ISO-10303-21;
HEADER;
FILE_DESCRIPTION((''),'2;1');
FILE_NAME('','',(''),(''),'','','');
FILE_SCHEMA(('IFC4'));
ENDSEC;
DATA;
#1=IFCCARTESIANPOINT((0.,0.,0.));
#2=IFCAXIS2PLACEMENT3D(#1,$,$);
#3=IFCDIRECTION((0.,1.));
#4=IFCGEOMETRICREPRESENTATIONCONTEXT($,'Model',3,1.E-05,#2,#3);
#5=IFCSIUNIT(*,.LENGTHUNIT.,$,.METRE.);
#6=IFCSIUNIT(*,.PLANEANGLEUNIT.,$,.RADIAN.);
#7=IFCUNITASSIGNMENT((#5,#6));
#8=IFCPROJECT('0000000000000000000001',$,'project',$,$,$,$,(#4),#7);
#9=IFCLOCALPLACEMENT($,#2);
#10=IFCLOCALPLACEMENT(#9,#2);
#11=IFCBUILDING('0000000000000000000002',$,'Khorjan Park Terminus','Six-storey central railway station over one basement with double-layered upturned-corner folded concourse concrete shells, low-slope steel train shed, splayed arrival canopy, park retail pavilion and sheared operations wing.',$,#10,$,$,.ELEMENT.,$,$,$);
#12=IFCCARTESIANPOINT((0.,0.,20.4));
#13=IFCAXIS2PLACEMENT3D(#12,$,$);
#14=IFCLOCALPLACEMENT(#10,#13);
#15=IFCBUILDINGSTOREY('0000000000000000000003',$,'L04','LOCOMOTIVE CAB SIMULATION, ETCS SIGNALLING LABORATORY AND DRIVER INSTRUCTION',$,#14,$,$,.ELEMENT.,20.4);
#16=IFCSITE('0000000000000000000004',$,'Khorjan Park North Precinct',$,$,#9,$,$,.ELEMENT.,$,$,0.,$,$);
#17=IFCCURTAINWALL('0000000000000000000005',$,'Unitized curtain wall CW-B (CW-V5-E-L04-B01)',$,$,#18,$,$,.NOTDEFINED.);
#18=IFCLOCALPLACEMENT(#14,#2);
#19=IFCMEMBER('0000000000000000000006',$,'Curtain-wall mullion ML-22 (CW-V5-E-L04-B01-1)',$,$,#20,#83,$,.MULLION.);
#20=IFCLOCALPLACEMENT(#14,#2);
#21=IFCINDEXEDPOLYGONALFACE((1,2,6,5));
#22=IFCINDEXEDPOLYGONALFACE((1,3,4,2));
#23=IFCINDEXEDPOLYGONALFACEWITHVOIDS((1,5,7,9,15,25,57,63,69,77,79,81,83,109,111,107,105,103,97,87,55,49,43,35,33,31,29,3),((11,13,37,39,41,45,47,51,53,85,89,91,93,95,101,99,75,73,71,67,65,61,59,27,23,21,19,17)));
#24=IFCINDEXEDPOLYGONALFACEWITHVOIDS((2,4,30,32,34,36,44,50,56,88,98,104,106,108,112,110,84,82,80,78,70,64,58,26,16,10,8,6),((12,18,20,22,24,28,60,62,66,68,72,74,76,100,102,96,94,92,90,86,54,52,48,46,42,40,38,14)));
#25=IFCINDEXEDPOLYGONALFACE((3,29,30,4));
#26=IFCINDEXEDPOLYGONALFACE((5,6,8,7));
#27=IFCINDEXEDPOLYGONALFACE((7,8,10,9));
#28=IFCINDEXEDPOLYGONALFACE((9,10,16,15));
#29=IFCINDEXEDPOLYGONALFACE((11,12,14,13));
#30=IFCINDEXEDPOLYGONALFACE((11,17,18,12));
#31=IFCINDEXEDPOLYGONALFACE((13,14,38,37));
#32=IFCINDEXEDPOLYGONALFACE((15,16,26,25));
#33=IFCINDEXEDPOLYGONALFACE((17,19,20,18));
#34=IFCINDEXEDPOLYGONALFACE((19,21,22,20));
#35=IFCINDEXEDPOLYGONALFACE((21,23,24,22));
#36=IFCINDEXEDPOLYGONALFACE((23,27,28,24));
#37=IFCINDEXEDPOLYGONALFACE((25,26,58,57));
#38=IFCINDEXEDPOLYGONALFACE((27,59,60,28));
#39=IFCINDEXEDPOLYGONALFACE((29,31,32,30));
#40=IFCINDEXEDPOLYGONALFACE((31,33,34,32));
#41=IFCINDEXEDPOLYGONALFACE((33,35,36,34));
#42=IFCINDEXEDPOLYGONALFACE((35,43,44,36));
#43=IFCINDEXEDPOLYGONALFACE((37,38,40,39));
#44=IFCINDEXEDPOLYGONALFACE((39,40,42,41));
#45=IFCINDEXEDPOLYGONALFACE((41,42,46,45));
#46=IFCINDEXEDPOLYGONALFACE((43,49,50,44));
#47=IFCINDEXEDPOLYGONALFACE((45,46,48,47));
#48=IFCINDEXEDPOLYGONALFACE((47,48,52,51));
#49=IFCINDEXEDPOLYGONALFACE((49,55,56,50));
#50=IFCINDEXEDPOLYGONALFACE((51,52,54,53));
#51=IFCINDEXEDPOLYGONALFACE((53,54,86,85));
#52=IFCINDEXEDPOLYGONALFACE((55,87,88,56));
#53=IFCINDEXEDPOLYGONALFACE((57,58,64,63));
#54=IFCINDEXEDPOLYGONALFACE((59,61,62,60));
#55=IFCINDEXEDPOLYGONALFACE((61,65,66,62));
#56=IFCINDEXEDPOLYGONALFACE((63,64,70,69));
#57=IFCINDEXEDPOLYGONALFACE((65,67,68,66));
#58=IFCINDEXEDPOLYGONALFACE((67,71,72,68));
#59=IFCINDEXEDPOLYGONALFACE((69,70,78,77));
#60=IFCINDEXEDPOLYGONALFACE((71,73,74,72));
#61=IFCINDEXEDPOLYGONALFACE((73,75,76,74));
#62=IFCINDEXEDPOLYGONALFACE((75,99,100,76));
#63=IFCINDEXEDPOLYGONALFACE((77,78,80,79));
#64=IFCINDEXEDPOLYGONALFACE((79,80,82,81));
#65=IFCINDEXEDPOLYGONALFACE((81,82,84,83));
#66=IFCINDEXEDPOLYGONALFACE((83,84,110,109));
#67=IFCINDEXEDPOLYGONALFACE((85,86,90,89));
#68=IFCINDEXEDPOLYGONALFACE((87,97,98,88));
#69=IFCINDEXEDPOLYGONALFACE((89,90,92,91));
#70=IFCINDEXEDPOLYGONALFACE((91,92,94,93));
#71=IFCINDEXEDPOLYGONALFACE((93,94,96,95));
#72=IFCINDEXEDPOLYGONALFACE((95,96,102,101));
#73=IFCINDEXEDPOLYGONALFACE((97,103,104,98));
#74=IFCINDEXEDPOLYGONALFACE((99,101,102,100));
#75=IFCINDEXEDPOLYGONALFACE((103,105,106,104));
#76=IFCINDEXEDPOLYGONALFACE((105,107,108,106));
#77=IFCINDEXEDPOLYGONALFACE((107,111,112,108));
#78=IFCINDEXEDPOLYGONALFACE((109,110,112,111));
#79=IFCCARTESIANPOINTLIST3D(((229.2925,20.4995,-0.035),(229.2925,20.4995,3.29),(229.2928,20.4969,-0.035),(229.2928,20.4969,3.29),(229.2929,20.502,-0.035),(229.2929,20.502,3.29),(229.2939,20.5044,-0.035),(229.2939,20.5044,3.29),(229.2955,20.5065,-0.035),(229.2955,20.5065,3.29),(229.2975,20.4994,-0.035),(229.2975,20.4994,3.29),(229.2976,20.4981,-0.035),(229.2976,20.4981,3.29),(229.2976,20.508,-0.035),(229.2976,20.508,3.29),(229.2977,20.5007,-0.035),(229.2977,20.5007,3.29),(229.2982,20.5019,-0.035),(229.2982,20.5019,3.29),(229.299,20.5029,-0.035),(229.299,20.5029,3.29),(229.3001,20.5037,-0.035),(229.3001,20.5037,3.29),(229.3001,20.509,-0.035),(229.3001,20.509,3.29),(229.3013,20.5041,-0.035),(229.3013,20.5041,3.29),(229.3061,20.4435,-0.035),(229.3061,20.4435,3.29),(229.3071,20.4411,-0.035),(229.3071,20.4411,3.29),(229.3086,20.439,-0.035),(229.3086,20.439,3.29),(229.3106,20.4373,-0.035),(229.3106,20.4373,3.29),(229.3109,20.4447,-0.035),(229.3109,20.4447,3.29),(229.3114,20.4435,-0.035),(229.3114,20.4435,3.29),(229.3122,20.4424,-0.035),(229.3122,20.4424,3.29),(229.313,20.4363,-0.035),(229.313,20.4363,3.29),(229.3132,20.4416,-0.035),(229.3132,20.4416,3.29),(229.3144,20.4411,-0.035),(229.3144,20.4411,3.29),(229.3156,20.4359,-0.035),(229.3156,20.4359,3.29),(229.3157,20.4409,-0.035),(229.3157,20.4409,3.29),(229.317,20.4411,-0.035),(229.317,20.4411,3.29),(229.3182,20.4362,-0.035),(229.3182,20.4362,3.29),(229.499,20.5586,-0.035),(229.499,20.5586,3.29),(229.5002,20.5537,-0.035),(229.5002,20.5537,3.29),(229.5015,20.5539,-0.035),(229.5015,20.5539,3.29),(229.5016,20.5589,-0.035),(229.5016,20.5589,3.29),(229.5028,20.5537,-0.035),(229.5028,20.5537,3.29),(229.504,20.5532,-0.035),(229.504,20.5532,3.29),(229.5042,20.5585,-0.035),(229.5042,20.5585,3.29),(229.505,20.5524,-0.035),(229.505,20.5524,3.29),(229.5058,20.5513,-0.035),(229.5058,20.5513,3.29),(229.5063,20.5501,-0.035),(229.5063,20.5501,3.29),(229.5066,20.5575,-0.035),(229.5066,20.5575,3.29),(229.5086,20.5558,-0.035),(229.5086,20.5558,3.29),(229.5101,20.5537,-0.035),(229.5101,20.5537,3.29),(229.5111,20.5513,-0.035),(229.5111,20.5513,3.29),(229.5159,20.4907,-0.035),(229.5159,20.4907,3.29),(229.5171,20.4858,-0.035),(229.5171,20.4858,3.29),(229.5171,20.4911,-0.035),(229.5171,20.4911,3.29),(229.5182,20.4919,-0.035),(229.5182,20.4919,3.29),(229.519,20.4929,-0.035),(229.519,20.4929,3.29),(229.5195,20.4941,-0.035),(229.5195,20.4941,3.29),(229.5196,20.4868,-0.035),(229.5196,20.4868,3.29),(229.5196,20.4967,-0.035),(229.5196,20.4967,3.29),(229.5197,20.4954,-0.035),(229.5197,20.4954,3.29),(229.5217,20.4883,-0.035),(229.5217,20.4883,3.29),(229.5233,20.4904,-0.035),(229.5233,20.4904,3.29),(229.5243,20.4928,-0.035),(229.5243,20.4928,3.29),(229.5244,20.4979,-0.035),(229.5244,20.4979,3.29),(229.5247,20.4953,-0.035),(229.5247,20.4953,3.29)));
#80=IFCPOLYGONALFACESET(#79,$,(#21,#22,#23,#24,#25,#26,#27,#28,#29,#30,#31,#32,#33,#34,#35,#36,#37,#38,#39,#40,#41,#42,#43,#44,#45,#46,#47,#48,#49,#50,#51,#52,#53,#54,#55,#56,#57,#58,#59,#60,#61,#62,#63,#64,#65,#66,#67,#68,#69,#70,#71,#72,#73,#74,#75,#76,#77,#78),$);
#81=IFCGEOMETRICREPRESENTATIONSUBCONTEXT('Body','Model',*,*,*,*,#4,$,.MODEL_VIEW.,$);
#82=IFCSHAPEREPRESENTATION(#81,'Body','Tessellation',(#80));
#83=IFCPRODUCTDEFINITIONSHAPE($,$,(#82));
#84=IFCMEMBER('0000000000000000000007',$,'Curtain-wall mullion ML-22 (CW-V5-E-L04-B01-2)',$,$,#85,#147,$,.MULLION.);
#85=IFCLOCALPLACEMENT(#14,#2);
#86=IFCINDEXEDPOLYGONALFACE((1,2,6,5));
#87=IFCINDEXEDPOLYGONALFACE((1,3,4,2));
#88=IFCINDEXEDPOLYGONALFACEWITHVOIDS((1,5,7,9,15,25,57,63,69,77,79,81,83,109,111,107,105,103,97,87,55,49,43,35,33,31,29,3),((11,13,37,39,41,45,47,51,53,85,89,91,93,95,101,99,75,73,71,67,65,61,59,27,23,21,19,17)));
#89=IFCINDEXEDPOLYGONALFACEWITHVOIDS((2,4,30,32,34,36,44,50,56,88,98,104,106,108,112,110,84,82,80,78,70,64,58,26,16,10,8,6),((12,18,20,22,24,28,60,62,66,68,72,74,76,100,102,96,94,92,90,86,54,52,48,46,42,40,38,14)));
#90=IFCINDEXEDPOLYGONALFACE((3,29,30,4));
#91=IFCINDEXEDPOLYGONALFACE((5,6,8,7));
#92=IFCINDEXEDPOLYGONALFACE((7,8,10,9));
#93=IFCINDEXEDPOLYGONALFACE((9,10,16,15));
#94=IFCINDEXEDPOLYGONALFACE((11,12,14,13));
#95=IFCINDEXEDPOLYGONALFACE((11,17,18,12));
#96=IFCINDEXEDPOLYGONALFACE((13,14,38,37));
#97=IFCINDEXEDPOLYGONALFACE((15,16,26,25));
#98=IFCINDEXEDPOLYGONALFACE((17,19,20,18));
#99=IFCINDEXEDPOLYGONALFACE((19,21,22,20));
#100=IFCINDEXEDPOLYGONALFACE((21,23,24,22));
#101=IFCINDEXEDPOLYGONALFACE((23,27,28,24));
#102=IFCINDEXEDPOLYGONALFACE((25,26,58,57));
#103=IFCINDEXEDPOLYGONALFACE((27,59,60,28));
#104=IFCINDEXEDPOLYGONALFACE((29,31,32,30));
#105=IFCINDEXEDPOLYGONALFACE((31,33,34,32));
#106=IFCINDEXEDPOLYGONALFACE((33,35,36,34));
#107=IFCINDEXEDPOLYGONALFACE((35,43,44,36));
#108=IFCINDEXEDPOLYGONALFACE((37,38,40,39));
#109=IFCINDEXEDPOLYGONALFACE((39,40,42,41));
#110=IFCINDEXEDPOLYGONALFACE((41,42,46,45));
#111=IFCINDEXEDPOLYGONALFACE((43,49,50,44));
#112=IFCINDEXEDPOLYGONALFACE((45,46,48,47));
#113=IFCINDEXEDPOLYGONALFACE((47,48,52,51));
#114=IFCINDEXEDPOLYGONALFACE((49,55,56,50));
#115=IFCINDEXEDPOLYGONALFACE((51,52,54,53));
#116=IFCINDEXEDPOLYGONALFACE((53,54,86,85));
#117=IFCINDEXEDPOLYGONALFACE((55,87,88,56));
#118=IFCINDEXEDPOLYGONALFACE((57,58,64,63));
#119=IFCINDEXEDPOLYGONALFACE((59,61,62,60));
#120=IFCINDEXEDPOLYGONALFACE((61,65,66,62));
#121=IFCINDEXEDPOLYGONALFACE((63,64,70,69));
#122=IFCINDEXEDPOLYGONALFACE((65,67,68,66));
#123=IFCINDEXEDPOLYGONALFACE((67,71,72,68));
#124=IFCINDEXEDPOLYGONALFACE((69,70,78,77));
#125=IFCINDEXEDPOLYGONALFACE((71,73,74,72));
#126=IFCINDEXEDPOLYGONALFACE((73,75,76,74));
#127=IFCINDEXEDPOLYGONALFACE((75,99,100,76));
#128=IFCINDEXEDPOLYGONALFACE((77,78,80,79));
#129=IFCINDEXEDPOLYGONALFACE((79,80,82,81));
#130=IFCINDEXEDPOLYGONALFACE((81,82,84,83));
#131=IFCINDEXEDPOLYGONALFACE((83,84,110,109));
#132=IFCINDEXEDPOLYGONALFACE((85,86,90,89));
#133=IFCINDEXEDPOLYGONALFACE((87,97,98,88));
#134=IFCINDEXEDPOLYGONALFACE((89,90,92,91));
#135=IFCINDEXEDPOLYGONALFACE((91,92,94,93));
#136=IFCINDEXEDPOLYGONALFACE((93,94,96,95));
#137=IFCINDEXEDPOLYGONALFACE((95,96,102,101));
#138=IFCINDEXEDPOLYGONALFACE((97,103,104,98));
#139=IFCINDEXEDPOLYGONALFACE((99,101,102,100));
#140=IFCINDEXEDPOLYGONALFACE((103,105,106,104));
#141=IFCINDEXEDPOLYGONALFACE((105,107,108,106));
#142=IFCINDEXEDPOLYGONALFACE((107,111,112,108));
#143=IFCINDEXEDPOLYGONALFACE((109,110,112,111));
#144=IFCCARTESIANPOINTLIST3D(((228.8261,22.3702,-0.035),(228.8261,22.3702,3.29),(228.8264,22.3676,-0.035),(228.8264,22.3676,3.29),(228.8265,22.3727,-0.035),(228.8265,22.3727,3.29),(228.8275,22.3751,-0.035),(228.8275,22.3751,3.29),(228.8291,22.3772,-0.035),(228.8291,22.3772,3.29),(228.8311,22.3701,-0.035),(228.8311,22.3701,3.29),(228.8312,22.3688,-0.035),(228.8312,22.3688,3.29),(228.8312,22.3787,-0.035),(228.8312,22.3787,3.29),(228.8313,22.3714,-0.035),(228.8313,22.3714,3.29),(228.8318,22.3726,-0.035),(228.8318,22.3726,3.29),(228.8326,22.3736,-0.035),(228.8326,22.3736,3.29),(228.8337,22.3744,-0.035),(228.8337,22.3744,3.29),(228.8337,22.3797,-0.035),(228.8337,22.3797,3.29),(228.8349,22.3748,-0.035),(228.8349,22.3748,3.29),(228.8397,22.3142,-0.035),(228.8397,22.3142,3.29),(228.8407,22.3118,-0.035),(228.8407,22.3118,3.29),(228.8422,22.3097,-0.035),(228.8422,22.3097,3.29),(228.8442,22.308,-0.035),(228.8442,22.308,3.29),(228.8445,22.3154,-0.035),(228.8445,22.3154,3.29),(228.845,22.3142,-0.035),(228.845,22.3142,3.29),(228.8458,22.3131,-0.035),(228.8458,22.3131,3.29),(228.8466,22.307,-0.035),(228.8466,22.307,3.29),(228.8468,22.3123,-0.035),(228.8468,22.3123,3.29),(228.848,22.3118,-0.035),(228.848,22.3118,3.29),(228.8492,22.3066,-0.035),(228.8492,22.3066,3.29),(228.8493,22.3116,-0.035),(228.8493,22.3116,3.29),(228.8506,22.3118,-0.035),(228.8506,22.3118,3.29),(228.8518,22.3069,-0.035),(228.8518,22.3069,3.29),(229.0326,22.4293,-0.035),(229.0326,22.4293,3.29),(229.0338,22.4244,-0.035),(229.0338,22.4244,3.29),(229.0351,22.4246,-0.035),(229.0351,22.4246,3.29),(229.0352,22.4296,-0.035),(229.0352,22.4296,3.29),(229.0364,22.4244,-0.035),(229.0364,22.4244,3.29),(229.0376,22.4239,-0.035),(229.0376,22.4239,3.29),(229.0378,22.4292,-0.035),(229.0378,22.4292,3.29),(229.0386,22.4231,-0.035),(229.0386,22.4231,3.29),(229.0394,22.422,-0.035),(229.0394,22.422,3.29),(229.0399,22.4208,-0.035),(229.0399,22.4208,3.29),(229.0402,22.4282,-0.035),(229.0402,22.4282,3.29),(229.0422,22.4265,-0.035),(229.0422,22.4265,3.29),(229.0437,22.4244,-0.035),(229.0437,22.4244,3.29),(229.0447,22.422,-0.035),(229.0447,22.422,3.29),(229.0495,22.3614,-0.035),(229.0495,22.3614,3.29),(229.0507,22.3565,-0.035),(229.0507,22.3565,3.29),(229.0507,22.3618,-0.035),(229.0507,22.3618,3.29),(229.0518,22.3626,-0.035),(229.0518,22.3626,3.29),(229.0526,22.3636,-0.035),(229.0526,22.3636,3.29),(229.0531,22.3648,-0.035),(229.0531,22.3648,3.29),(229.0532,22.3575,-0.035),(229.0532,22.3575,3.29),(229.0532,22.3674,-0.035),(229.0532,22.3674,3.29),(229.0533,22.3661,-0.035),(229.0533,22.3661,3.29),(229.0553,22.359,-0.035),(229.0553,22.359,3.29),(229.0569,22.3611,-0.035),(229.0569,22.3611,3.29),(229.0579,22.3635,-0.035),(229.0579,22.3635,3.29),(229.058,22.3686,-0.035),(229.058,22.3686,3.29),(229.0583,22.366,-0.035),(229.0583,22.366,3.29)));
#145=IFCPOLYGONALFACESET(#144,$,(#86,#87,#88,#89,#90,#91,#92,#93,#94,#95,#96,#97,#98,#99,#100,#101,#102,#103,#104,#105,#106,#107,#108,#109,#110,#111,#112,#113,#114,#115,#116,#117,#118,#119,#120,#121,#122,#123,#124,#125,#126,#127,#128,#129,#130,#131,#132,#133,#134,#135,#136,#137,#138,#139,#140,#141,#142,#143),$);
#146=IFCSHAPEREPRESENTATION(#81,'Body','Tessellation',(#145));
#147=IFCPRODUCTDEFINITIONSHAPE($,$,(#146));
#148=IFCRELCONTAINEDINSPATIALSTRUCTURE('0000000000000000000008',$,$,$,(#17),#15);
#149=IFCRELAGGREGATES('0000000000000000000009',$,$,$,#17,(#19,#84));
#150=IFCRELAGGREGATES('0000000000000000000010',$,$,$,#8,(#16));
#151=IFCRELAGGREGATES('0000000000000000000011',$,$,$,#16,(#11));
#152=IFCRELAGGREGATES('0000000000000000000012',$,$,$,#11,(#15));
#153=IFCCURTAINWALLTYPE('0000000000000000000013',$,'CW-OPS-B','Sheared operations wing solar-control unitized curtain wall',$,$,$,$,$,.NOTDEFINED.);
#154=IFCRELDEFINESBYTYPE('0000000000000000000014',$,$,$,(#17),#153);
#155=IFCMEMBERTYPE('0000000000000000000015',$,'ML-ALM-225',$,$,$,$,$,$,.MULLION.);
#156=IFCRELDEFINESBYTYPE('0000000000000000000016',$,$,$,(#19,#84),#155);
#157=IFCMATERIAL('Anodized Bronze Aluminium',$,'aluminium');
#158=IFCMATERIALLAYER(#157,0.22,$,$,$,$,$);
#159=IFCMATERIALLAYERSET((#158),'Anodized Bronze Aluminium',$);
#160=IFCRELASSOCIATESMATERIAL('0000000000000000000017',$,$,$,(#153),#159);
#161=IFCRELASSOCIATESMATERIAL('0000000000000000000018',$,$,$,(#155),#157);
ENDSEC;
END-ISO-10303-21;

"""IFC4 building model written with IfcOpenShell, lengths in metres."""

from ifc_helpers import new_model, si_unit, direction, frame, origin, origin_2d, place, context, subcontext, project, spatial, hollow_rectangle, extrude, material, layer, layer_set, material_profile, profile_set, type_object, element, aggregate, save


model = new_model("IFC4")

# Units and contexts
model_context = context("Model", 3, precision=1e-05, world=origin(), true_north=direction((0.0, 1.0)))
body_context = subcontext(model_context, "Body", "Model", "MODEL_VIEW")
ifc_project = project(units=[si_unit("LENGTHUNIT", "METRE"), si_unit("PLANEANGLEUNIT", "RADIAN")], contexts=[model_context])

# Site, building, storey
site_placement = place(None, origin())
site = spatial("IfcSite", under=ifc_project, at=site_placement, Name="Khorjan Park North Precinct", CompositionType="ELEMENT", RefElevation=0.0)
building_placement = place(site_placement, origin())
building = spatial("IfcBuilding", under=site, at=building_placement, Name="Khorjan Park Terminus", Description="Six-storey central railway station over one basement with double-layered upturned-corner folded concourse concrete shells, low-slope steel train shed, splayed arrival canopy, park retail pavilion and sheared operations wing.", CompositionType="ELEMENT")
storey_placement = place(building_placement, frame((0.0, 0.0, 20.4)))
storey = spatial("IfcBuildingStorey", under=building, at=storey_placement, Name="L04", Description="LOCOMOTIVE CAB SIMULATION, ETCS SIGNALLING LABORATORY AND DRIVER INSTRUCTION", CompositionType="ELEMENT", Elevation=20.4)

# Curtain wall, members
ifc_material_1 = material(Name="Anodized Bronze Aluminium", Category="aluminium")
ifc_layer_1 = layer(ifc_material_1, 0.22)
ifc_layer_set_1 = layer_set([ifc_layer_1], Name="Anodized Bronze Aluminium")
curtain_wall_type = type_object("IfcCurtainWallType", Name="CW-OPS-B", Description="Sheared operations wing solar-control unitized curtain wall", PredefinedType="NOTDEFINED", material=ifc_layer_set_1)
curtain_wall_placement = place(storey_placement, origin())
curtain_wall = element("IfcCurtainWall", 1, at=curtain_wall_placement, inside=storey, type_object=curtain_wall_type, Name="Unitized curtain wall CW-B (CW-V5-E-L04-B01)", PredefinedType="NOTDEFINED")
ifc_material_profile_1 = material_profile(ifc_material_1, hollow_rectangle(XDim=0.075, YDim=0.225, WallThickness=0.005, InnerFilletRadius=0.005, OuterFilletRadius=0.01, at=origin_2d()), Name="ALM 75x225x5")
ifc_profile_set_1 = profile_set([ifc_material_profile_1], Name="Anodized Bronze Aluminium")
member_type_1 = type_object("IfcMemberType", Name="ML-ALM-225", PredefinedType="MULLION", material=ifc_profile_set_1)
member_1_placement = place(storey_placement, frame((229.4086, 20.4974, -0.035), z_axis=(0.0, 0.0, 1.0), x_axis=(-0.24192, 0.970296, 0.0)))
member_1 = element("IfcMember", 2, at=member_1_placement, type_object=member_type_1, Name="Curtain-wall mullion ML-22 (CW-V5-E-L04-B01-1)", PredefinedType="MULLION", context=body_context, shape_type="SweptSolid", body=[
    extrude(hollow_rectangle(XDim=0.075, YDim=0.225, WallThickness=0.005, InnerFilletRadius=0.005, OuterFilletRadius=0.01, at=origin_2d()), origin(), (0.0, 0.0, 1.0), 3.325),
])
member_2_placement = place(storey_placement, frame((228.9422, 22.3681, -0.035), z_axis=(0.0, 0.0, 1.0), x_axis=(-0.24192, 0.970296, 0.0)))
member_2 = element("IfcMember", 3, at=member_2_placement, type_object=member_type_1, Name="Curtain-wall mullion ML-22 (CW-V5-E-L04-B01-2)", PredefinedType="MULLION", context=body_context, shape_type="SweptSolid", body=[
    extrude(hollow_rectangle(XDim=0.075, YDim=0.225, WallThickness=0.005, InnerFilletRadius=0.005, OuterFilletRadius=0.01, at=origin_2d()), origin(), (0.0, 0.0, 1.0), 3.325),
])
aggregate(curtain_wall, [member_1, member_2])

save(model, "model.ifc")
